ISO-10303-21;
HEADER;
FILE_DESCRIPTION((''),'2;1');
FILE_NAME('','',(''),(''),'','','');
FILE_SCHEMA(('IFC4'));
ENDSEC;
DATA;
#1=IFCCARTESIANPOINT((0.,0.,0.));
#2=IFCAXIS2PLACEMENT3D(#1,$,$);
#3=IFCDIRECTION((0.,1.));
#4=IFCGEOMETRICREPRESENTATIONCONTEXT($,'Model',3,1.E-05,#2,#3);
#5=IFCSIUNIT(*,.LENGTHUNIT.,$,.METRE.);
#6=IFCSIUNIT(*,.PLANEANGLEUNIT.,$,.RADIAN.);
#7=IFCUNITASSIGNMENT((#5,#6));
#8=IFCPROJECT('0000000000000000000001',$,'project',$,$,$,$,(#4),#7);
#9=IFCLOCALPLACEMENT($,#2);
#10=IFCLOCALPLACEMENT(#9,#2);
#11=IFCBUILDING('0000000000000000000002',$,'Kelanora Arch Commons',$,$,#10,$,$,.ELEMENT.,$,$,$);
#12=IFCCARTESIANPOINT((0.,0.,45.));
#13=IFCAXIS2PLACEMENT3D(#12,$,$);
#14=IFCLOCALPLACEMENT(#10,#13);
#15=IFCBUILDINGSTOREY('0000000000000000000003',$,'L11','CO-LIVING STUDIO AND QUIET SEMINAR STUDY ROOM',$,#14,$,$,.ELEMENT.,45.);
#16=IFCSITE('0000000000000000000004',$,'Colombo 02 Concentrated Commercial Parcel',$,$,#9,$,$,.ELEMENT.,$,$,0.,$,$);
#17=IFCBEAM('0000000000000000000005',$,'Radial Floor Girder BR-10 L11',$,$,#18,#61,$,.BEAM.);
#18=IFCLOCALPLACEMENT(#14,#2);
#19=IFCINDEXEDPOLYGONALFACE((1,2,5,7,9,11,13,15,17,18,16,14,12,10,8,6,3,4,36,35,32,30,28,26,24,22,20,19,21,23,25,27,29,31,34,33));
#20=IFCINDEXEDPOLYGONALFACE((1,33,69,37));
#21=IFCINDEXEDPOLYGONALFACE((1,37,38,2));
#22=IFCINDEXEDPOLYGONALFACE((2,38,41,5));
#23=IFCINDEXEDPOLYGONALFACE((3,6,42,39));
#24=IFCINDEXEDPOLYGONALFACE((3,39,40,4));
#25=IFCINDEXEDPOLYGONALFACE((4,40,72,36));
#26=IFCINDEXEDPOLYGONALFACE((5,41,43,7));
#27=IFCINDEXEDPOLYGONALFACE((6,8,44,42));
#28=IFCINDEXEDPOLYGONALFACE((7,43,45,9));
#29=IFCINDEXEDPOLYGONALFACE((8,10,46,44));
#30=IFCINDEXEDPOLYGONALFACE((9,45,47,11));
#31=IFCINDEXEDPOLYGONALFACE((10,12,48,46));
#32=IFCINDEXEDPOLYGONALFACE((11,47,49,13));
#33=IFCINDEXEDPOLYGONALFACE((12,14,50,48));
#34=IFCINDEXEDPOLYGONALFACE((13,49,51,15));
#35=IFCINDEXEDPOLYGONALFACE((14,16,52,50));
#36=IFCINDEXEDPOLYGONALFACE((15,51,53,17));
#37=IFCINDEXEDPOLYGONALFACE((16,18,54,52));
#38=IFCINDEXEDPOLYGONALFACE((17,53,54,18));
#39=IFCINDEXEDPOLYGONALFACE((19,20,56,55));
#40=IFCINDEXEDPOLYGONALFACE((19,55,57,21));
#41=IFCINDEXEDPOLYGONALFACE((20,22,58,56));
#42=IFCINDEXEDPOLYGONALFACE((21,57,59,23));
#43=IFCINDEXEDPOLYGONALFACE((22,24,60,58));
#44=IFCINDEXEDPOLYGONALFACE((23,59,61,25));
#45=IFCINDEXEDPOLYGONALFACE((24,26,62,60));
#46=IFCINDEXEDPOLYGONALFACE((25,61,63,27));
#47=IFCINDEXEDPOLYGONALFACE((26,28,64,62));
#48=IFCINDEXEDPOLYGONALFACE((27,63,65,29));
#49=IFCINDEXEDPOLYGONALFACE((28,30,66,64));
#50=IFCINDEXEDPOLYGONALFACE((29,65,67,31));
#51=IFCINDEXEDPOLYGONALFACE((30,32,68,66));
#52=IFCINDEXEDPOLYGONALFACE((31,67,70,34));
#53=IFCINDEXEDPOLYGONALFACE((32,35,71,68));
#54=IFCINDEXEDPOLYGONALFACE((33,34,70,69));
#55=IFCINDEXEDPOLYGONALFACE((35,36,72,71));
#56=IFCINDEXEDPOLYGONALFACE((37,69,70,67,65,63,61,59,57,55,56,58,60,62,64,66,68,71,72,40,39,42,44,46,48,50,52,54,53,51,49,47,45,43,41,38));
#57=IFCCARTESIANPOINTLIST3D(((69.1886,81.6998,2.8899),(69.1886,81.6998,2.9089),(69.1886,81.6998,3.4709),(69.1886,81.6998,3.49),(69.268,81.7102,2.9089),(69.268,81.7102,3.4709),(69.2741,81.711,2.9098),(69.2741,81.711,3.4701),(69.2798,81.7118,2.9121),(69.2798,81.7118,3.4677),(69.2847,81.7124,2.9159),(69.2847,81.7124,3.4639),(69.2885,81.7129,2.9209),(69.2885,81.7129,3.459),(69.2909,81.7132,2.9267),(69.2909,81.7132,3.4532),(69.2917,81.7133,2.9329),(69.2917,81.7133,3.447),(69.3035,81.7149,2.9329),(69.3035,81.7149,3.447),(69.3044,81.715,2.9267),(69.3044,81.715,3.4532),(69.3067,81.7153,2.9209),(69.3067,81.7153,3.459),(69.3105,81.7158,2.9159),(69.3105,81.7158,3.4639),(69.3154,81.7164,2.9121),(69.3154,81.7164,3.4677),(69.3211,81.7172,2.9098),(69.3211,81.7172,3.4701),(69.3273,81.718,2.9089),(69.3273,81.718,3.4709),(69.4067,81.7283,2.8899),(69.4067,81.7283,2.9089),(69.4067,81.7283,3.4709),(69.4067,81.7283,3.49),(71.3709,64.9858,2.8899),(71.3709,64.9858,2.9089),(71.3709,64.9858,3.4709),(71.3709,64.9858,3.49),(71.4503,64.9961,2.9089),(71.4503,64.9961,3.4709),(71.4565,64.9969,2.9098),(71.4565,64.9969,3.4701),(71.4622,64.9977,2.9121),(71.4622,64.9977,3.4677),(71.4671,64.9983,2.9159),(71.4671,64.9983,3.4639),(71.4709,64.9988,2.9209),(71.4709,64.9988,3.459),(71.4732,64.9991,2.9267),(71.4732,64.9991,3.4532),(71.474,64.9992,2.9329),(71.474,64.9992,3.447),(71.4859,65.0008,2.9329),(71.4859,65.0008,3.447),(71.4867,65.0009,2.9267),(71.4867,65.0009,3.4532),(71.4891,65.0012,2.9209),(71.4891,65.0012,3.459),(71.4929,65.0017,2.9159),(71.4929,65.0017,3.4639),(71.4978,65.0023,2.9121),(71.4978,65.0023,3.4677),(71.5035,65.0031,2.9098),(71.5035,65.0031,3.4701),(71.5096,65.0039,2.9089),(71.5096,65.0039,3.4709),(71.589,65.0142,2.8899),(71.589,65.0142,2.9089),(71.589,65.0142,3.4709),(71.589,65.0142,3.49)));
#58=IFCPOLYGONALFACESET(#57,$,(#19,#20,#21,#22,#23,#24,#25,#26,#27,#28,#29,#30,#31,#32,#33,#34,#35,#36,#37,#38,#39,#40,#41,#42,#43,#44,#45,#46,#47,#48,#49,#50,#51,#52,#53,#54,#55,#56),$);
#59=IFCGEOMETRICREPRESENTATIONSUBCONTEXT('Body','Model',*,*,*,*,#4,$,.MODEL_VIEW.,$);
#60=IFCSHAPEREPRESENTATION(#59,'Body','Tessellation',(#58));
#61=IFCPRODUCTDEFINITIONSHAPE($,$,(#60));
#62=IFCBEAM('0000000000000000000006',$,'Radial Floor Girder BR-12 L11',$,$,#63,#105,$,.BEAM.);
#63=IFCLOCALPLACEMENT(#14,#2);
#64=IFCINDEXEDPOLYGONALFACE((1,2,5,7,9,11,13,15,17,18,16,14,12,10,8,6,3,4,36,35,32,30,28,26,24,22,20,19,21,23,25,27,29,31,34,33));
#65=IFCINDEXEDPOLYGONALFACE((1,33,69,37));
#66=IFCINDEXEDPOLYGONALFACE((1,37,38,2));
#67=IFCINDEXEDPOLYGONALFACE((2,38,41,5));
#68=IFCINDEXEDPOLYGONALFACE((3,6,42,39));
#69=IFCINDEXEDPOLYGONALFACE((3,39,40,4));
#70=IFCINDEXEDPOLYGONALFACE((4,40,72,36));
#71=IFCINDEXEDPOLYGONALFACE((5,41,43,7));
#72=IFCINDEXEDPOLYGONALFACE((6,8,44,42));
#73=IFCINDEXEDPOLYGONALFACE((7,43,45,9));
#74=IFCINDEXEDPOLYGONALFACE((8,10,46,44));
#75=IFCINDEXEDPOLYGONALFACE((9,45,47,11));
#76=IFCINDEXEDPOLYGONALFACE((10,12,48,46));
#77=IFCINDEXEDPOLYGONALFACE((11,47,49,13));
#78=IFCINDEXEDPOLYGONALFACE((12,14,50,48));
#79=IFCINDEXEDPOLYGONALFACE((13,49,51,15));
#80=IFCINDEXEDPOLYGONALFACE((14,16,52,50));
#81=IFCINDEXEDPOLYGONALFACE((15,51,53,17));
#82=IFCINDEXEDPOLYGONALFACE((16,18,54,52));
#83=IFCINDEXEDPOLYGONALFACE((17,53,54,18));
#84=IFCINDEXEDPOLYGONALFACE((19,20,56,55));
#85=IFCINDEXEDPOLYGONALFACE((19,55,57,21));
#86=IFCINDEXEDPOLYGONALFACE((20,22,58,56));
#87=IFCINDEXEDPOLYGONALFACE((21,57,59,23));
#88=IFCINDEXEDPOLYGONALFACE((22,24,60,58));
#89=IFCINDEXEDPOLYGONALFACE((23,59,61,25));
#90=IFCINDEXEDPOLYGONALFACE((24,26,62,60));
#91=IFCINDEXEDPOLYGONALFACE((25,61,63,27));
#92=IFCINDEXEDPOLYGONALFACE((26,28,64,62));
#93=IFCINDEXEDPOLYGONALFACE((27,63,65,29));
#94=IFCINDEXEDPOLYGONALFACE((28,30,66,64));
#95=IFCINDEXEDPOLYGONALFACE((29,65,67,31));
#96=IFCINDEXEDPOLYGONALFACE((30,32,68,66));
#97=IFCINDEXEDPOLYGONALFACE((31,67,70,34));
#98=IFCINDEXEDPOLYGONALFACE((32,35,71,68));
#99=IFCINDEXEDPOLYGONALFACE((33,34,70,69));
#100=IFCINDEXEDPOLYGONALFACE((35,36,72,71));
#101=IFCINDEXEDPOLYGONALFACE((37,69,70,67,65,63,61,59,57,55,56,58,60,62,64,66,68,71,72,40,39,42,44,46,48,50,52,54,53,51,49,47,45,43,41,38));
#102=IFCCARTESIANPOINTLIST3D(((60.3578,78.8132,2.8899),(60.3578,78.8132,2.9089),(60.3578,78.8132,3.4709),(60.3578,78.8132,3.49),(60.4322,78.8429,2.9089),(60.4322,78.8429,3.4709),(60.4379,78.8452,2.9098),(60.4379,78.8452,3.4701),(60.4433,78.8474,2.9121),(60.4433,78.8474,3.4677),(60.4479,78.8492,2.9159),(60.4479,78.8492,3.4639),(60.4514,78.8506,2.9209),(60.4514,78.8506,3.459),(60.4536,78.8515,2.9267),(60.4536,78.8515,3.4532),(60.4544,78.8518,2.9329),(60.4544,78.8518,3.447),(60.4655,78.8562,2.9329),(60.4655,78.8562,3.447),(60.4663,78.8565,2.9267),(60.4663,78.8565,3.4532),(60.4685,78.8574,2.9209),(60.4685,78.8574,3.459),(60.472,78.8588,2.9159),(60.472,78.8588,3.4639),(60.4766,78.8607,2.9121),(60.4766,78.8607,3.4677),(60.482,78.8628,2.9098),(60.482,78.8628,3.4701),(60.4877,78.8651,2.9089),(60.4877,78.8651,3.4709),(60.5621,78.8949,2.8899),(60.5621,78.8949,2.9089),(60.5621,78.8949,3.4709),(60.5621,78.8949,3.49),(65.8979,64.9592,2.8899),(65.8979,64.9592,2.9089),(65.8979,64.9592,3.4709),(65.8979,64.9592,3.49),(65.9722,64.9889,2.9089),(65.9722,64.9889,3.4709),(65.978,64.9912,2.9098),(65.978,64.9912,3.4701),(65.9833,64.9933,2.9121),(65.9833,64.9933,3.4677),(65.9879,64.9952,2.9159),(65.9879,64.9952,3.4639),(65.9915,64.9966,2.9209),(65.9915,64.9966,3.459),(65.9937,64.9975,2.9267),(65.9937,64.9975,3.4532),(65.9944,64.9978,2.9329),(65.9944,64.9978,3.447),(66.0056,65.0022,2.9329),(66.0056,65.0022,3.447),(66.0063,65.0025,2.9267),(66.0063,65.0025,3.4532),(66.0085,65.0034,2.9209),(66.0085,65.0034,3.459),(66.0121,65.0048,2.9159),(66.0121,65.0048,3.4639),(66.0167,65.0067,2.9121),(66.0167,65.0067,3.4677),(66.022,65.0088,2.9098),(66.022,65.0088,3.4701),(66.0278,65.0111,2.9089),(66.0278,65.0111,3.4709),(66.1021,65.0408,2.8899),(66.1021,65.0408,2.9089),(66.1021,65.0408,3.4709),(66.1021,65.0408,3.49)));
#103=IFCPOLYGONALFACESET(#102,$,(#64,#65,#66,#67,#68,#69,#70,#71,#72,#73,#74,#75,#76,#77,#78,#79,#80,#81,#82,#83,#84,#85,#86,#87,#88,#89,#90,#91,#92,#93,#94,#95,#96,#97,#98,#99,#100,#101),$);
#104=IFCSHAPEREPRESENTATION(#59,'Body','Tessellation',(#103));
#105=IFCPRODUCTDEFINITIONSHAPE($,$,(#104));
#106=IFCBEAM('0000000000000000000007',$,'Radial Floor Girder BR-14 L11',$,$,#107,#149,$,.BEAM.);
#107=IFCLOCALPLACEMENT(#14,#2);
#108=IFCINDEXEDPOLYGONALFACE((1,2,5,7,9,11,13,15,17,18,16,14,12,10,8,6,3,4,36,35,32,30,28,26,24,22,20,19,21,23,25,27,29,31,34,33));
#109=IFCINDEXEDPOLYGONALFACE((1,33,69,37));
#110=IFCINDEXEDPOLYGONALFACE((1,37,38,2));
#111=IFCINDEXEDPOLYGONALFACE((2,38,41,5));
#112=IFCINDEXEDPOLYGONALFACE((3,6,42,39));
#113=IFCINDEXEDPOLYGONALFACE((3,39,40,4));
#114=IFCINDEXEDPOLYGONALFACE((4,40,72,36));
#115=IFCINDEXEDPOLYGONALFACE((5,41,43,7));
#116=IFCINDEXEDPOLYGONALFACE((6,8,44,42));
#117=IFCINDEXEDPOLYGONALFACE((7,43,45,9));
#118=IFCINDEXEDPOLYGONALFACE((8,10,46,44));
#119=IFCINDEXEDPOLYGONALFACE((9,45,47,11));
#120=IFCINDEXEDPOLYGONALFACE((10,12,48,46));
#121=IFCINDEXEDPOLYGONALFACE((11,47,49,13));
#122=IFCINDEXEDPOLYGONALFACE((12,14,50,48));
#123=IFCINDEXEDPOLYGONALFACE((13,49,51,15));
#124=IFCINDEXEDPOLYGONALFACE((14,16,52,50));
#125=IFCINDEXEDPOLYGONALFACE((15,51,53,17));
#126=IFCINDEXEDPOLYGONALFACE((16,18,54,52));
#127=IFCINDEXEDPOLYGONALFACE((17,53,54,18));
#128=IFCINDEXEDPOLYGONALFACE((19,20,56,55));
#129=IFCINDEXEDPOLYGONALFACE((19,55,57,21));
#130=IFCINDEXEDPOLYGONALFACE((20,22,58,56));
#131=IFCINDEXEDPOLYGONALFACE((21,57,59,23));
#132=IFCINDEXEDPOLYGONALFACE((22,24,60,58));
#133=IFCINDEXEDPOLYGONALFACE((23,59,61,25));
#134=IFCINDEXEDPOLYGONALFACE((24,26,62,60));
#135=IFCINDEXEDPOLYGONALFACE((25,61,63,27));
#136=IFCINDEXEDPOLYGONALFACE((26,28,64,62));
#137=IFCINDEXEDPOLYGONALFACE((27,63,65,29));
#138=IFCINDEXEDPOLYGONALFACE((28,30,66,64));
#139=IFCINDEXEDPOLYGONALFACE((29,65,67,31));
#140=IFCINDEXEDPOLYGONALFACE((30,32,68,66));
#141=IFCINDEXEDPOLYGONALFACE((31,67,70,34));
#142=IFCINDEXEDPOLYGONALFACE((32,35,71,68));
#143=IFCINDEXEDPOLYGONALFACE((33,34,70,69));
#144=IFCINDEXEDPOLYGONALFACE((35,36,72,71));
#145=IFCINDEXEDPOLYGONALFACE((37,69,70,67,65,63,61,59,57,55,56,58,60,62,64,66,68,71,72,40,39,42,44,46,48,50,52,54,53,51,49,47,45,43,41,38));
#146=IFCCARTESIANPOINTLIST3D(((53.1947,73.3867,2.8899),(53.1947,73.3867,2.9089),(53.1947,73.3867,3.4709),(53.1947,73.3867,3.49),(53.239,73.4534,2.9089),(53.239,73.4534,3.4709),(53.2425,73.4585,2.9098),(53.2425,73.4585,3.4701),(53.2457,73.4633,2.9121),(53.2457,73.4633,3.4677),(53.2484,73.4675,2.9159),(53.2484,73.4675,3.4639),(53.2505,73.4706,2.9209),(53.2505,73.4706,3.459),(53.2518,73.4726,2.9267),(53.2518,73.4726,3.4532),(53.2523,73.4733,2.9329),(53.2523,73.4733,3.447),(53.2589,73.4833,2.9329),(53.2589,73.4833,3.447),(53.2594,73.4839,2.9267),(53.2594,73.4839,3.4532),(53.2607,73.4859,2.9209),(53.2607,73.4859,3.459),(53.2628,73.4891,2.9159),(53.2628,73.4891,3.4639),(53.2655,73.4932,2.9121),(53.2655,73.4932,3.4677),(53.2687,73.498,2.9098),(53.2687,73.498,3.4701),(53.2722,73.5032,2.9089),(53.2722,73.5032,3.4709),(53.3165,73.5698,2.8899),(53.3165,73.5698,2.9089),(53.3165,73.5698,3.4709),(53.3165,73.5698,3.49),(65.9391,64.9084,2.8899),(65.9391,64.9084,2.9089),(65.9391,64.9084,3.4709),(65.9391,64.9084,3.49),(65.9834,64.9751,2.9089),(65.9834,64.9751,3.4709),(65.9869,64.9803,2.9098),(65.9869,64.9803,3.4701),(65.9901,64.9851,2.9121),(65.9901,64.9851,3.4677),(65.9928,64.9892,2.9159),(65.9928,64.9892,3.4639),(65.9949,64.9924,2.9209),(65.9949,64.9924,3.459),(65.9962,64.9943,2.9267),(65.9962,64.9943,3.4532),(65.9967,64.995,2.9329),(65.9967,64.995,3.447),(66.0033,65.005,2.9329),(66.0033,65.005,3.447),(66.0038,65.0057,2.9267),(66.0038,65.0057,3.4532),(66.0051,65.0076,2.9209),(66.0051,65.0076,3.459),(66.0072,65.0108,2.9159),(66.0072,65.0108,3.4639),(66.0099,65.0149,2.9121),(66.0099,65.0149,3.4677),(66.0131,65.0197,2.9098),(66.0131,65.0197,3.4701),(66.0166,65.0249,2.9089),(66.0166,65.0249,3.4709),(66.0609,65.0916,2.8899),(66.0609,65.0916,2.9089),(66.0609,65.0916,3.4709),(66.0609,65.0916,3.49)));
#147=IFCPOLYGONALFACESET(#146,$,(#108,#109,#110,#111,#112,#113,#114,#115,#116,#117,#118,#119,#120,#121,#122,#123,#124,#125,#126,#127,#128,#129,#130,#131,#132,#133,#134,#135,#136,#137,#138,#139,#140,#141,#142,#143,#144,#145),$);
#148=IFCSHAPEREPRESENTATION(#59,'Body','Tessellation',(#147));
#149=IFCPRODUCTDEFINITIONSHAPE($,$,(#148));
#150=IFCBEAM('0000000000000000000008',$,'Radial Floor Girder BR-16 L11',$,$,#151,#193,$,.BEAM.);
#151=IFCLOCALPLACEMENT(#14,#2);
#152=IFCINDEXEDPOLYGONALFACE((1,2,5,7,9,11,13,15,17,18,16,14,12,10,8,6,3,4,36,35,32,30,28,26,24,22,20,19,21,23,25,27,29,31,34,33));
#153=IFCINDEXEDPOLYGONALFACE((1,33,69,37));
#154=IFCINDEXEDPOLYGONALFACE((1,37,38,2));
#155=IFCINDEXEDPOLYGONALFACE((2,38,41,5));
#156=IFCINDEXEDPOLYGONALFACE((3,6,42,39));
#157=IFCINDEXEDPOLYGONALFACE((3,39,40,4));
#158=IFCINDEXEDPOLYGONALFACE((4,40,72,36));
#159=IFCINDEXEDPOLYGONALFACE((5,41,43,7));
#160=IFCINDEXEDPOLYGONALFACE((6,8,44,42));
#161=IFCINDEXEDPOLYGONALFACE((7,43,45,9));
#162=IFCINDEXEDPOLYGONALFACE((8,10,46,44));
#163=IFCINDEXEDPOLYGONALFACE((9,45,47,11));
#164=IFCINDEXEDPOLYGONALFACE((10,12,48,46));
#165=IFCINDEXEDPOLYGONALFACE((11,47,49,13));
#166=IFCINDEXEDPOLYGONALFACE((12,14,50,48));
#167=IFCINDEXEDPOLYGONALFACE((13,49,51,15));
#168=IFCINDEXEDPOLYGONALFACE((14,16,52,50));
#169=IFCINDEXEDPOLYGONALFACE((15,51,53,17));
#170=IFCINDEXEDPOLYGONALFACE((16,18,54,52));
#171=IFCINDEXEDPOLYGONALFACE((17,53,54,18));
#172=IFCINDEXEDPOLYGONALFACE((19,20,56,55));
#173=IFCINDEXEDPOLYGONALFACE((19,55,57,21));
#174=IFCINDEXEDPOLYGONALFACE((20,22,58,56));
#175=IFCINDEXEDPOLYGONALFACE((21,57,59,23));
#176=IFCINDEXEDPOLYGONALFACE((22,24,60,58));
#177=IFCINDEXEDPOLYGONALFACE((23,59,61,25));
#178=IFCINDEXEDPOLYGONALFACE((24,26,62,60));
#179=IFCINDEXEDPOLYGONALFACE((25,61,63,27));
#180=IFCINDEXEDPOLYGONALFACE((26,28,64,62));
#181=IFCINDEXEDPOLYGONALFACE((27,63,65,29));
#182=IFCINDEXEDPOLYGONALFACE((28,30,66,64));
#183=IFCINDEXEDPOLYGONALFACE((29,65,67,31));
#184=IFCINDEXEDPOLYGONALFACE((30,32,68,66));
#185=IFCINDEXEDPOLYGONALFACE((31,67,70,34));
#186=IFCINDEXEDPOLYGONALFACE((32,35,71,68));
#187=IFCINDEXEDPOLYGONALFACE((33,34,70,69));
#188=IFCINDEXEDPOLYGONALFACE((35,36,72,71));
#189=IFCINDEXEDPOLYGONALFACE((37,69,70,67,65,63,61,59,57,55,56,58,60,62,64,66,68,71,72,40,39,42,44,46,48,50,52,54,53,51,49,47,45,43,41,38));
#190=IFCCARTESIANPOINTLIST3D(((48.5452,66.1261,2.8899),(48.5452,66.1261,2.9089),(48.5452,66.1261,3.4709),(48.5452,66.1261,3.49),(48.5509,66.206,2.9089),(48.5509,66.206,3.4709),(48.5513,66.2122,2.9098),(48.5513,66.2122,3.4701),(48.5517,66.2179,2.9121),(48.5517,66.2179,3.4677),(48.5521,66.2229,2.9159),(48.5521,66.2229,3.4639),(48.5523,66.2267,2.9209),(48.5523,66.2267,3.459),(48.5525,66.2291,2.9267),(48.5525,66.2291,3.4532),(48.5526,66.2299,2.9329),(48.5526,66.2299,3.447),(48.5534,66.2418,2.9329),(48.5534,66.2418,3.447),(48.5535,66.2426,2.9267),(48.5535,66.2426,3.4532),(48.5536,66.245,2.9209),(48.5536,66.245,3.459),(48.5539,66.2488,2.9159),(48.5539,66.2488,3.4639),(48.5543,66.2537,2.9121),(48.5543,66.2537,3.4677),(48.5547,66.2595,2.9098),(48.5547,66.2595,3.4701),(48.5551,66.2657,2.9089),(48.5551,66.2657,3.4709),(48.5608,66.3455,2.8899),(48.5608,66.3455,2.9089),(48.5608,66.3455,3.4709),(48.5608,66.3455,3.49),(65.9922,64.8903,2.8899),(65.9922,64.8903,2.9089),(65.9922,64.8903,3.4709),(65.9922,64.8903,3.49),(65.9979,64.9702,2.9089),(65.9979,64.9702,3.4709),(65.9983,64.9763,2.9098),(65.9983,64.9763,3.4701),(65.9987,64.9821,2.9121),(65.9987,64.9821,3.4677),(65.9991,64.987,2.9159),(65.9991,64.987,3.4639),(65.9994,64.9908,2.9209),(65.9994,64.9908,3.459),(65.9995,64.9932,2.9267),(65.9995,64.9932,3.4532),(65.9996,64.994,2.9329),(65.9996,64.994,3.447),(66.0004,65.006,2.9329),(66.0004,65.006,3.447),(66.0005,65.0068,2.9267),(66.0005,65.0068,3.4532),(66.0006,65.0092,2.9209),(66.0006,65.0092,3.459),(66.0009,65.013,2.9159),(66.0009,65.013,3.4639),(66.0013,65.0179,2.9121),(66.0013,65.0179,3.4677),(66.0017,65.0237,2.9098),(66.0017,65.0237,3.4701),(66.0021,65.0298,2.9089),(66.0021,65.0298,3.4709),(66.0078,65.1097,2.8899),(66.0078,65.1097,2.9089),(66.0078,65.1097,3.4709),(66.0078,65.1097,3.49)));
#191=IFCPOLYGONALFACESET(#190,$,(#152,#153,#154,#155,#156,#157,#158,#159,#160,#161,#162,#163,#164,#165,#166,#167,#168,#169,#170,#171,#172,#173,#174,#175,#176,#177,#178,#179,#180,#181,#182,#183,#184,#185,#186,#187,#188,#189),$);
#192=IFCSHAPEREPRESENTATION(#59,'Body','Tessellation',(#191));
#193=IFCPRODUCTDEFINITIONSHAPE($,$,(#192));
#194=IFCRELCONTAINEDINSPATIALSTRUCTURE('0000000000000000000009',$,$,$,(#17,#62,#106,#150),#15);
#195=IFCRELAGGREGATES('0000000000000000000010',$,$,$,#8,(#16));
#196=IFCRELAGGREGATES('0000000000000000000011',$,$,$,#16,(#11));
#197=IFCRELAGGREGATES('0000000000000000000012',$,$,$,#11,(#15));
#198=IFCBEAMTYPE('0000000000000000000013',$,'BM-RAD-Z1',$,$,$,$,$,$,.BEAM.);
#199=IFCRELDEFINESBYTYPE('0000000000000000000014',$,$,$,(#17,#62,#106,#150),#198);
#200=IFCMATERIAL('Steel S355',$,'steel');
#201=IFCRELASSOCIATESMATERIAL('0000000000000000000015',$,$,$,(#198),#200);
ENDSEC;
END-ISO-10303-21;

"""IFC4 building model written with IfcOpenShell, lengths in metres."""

from ifc_helpers import new_model, si_unit, direction, frame, origin, origin_2d, place, context, subcontext, project, spatial, i_section, extrude, material, material_profile, profile_set, type_object, element, save


model = new_model("IFC4")

# Units and contexts
model_context = context("Model", 3, precision=1e-05, world=origin(), true_north=direction((0.0, 1.0)))
body_context = subcontext(model_context, "Body", "Model", "MODEL_VIEW")
ifc_project = project(units=[si_unit("LENGTHUNIT", "METRE"), si_unit("PLANEANGLEUNIT", "RADIAN")], contexts=[model_context])

# Site, building, storey
site_placement = place(None, origin())
site = spatial("IfcSite", under=ifc_project, at=site_placement, Name="Colombo 02 Concentrated Commercial Parcel", CompositionType="ELEMENT", RefElevation=0.0)
building_placement = place(site_placement, origin())
building = spatial("IfcBuilding", under=site, at=building_placement, Name="Kelanora Arch Commons", CompositionType="ELEMENT")
storey_placement = place(building_placement, frame((0.0, 0.0, 45.0)))
storey = spatial("IfcBuildingStorey", under=building, at=storey_placement, Name="L11", Description="CO-LIVING STUDIO AND QUIET SEMINAR STUDY ROOM", CompositionType="ELEMENT", Elevation=45.0)

# Beams
ifc_material_1 = material(Name="Steel S355", Category="steel")
ifc_material_profile_1 = material_profile(ifc_material_1, i_section(OverallWidth=0.22, OverallDepth=0.6001, WebThickness=0.012, FlangeThickness=0.019, FilletRadius=0.0239, at=origin_2d()), Name="IPE600")
ifc_profile_set_1 = profile_set([ifc_material_profile_1], Name="Steel S355")
beam_type_1 = type_object("IfcBeamType", Name="BM-RAD-Z1", PredefinedType="BEAM", material=ifc_profile_set_1)
beam_1_placement = place(storey_placement, frame((71.48, 65.0, 3.1899), z_axis=(-0.129472, 0.991583, 0.0), x_axis=(-0.991583, -0.129472, 0.0)))
element("IfcBeam", 1, at=beam_1_placement, inside=storey, type_object=beam_type_1, Name="Radial Floor Girder BR-10 L11", PredefinedType="BEAM", context=body_context, shape_type="SweptSolid", body=[
    extrude(i_section(OverallWidth=0.22, OverallDepth=0.6001, WebThickness=0.012, FlangeThickness=0.019, FilletRadius=0.0239, at=origin_2d()), origin(), (0.0, 0.0, 1.0), 16.856),
])
beam_2_placement = place(storey_placement, frame((66.0, 65.0, 3.1899), z_axis=(-0.3713, 0.928513, 0.0), x_axis=(-0.928513, -0.3713, 0.0)))
element("IfcBeam", 2, at=beam_2_placement, inside=storey, type_object=beam_type_1, Name="Radial Floor Girder BR-12 L11", PredefinedType="BEAM", context=body_context, shape_type="SweptSolid", body=[
    extrude(i_section(OverallWidth=0.22, OverallDepth=0.6001, WebThickness=0.012, FlangeThickness=0.019, FilletRadius=0.0239, at=origin_2d()), origin(), (0.0, 0.0, 1.0), 14.9207),
])
beam_3_placement = place(storey_placement, frame((66.0, 65.0, 3.1899), z_axis=(-0.832592, 0.553886, 0.0), x_axis=(-0.553886, -0.832592, 0.0)))
element("IfcBeam", 3, at=beam_3_placement, inside=storey, type_object=beam_type_1, Name="Radial Floor Girder BR-14 L11", PredefinedType="BEAM", context=body_context, shape_type="SweptSolid", body=[
    extrude(i_section(OverallWidth=0.22, OverallDepth=0.6001, WebThickness=0.012, FlangeThickness=0.019, FilletRadius=0.0239, at=origin_2d()), origin(), (0.0, 0.0, 1.0), 15.3069),
])
beam_4_placement = place(storey_placement, frame((66.0, 65.0, 3.1899), z_axis=(-0.997501, 0.070657, 0.0), x_axis=(-0.070657, -0.997501, 0.0)))
element("IfcBeam", 4, at=beam_4_placement, inside=storey, type_object=beam_type_1, Name="Radial Floor Girder BR-16 L11", PredefinedType="BEAM", context=body_context, shape_type="SweptSolid", body=[
    extrude(i_section(OverallWidth=0.22, OverallDepth=0.6001, WebThickness=0.012, FlangeThickness=0.019, FilletRadius=0.0239, at=origin_2d()), origin(), (0.0, 0.0, 1.0), 17.4907),
])

save(model, "model.ifc")
